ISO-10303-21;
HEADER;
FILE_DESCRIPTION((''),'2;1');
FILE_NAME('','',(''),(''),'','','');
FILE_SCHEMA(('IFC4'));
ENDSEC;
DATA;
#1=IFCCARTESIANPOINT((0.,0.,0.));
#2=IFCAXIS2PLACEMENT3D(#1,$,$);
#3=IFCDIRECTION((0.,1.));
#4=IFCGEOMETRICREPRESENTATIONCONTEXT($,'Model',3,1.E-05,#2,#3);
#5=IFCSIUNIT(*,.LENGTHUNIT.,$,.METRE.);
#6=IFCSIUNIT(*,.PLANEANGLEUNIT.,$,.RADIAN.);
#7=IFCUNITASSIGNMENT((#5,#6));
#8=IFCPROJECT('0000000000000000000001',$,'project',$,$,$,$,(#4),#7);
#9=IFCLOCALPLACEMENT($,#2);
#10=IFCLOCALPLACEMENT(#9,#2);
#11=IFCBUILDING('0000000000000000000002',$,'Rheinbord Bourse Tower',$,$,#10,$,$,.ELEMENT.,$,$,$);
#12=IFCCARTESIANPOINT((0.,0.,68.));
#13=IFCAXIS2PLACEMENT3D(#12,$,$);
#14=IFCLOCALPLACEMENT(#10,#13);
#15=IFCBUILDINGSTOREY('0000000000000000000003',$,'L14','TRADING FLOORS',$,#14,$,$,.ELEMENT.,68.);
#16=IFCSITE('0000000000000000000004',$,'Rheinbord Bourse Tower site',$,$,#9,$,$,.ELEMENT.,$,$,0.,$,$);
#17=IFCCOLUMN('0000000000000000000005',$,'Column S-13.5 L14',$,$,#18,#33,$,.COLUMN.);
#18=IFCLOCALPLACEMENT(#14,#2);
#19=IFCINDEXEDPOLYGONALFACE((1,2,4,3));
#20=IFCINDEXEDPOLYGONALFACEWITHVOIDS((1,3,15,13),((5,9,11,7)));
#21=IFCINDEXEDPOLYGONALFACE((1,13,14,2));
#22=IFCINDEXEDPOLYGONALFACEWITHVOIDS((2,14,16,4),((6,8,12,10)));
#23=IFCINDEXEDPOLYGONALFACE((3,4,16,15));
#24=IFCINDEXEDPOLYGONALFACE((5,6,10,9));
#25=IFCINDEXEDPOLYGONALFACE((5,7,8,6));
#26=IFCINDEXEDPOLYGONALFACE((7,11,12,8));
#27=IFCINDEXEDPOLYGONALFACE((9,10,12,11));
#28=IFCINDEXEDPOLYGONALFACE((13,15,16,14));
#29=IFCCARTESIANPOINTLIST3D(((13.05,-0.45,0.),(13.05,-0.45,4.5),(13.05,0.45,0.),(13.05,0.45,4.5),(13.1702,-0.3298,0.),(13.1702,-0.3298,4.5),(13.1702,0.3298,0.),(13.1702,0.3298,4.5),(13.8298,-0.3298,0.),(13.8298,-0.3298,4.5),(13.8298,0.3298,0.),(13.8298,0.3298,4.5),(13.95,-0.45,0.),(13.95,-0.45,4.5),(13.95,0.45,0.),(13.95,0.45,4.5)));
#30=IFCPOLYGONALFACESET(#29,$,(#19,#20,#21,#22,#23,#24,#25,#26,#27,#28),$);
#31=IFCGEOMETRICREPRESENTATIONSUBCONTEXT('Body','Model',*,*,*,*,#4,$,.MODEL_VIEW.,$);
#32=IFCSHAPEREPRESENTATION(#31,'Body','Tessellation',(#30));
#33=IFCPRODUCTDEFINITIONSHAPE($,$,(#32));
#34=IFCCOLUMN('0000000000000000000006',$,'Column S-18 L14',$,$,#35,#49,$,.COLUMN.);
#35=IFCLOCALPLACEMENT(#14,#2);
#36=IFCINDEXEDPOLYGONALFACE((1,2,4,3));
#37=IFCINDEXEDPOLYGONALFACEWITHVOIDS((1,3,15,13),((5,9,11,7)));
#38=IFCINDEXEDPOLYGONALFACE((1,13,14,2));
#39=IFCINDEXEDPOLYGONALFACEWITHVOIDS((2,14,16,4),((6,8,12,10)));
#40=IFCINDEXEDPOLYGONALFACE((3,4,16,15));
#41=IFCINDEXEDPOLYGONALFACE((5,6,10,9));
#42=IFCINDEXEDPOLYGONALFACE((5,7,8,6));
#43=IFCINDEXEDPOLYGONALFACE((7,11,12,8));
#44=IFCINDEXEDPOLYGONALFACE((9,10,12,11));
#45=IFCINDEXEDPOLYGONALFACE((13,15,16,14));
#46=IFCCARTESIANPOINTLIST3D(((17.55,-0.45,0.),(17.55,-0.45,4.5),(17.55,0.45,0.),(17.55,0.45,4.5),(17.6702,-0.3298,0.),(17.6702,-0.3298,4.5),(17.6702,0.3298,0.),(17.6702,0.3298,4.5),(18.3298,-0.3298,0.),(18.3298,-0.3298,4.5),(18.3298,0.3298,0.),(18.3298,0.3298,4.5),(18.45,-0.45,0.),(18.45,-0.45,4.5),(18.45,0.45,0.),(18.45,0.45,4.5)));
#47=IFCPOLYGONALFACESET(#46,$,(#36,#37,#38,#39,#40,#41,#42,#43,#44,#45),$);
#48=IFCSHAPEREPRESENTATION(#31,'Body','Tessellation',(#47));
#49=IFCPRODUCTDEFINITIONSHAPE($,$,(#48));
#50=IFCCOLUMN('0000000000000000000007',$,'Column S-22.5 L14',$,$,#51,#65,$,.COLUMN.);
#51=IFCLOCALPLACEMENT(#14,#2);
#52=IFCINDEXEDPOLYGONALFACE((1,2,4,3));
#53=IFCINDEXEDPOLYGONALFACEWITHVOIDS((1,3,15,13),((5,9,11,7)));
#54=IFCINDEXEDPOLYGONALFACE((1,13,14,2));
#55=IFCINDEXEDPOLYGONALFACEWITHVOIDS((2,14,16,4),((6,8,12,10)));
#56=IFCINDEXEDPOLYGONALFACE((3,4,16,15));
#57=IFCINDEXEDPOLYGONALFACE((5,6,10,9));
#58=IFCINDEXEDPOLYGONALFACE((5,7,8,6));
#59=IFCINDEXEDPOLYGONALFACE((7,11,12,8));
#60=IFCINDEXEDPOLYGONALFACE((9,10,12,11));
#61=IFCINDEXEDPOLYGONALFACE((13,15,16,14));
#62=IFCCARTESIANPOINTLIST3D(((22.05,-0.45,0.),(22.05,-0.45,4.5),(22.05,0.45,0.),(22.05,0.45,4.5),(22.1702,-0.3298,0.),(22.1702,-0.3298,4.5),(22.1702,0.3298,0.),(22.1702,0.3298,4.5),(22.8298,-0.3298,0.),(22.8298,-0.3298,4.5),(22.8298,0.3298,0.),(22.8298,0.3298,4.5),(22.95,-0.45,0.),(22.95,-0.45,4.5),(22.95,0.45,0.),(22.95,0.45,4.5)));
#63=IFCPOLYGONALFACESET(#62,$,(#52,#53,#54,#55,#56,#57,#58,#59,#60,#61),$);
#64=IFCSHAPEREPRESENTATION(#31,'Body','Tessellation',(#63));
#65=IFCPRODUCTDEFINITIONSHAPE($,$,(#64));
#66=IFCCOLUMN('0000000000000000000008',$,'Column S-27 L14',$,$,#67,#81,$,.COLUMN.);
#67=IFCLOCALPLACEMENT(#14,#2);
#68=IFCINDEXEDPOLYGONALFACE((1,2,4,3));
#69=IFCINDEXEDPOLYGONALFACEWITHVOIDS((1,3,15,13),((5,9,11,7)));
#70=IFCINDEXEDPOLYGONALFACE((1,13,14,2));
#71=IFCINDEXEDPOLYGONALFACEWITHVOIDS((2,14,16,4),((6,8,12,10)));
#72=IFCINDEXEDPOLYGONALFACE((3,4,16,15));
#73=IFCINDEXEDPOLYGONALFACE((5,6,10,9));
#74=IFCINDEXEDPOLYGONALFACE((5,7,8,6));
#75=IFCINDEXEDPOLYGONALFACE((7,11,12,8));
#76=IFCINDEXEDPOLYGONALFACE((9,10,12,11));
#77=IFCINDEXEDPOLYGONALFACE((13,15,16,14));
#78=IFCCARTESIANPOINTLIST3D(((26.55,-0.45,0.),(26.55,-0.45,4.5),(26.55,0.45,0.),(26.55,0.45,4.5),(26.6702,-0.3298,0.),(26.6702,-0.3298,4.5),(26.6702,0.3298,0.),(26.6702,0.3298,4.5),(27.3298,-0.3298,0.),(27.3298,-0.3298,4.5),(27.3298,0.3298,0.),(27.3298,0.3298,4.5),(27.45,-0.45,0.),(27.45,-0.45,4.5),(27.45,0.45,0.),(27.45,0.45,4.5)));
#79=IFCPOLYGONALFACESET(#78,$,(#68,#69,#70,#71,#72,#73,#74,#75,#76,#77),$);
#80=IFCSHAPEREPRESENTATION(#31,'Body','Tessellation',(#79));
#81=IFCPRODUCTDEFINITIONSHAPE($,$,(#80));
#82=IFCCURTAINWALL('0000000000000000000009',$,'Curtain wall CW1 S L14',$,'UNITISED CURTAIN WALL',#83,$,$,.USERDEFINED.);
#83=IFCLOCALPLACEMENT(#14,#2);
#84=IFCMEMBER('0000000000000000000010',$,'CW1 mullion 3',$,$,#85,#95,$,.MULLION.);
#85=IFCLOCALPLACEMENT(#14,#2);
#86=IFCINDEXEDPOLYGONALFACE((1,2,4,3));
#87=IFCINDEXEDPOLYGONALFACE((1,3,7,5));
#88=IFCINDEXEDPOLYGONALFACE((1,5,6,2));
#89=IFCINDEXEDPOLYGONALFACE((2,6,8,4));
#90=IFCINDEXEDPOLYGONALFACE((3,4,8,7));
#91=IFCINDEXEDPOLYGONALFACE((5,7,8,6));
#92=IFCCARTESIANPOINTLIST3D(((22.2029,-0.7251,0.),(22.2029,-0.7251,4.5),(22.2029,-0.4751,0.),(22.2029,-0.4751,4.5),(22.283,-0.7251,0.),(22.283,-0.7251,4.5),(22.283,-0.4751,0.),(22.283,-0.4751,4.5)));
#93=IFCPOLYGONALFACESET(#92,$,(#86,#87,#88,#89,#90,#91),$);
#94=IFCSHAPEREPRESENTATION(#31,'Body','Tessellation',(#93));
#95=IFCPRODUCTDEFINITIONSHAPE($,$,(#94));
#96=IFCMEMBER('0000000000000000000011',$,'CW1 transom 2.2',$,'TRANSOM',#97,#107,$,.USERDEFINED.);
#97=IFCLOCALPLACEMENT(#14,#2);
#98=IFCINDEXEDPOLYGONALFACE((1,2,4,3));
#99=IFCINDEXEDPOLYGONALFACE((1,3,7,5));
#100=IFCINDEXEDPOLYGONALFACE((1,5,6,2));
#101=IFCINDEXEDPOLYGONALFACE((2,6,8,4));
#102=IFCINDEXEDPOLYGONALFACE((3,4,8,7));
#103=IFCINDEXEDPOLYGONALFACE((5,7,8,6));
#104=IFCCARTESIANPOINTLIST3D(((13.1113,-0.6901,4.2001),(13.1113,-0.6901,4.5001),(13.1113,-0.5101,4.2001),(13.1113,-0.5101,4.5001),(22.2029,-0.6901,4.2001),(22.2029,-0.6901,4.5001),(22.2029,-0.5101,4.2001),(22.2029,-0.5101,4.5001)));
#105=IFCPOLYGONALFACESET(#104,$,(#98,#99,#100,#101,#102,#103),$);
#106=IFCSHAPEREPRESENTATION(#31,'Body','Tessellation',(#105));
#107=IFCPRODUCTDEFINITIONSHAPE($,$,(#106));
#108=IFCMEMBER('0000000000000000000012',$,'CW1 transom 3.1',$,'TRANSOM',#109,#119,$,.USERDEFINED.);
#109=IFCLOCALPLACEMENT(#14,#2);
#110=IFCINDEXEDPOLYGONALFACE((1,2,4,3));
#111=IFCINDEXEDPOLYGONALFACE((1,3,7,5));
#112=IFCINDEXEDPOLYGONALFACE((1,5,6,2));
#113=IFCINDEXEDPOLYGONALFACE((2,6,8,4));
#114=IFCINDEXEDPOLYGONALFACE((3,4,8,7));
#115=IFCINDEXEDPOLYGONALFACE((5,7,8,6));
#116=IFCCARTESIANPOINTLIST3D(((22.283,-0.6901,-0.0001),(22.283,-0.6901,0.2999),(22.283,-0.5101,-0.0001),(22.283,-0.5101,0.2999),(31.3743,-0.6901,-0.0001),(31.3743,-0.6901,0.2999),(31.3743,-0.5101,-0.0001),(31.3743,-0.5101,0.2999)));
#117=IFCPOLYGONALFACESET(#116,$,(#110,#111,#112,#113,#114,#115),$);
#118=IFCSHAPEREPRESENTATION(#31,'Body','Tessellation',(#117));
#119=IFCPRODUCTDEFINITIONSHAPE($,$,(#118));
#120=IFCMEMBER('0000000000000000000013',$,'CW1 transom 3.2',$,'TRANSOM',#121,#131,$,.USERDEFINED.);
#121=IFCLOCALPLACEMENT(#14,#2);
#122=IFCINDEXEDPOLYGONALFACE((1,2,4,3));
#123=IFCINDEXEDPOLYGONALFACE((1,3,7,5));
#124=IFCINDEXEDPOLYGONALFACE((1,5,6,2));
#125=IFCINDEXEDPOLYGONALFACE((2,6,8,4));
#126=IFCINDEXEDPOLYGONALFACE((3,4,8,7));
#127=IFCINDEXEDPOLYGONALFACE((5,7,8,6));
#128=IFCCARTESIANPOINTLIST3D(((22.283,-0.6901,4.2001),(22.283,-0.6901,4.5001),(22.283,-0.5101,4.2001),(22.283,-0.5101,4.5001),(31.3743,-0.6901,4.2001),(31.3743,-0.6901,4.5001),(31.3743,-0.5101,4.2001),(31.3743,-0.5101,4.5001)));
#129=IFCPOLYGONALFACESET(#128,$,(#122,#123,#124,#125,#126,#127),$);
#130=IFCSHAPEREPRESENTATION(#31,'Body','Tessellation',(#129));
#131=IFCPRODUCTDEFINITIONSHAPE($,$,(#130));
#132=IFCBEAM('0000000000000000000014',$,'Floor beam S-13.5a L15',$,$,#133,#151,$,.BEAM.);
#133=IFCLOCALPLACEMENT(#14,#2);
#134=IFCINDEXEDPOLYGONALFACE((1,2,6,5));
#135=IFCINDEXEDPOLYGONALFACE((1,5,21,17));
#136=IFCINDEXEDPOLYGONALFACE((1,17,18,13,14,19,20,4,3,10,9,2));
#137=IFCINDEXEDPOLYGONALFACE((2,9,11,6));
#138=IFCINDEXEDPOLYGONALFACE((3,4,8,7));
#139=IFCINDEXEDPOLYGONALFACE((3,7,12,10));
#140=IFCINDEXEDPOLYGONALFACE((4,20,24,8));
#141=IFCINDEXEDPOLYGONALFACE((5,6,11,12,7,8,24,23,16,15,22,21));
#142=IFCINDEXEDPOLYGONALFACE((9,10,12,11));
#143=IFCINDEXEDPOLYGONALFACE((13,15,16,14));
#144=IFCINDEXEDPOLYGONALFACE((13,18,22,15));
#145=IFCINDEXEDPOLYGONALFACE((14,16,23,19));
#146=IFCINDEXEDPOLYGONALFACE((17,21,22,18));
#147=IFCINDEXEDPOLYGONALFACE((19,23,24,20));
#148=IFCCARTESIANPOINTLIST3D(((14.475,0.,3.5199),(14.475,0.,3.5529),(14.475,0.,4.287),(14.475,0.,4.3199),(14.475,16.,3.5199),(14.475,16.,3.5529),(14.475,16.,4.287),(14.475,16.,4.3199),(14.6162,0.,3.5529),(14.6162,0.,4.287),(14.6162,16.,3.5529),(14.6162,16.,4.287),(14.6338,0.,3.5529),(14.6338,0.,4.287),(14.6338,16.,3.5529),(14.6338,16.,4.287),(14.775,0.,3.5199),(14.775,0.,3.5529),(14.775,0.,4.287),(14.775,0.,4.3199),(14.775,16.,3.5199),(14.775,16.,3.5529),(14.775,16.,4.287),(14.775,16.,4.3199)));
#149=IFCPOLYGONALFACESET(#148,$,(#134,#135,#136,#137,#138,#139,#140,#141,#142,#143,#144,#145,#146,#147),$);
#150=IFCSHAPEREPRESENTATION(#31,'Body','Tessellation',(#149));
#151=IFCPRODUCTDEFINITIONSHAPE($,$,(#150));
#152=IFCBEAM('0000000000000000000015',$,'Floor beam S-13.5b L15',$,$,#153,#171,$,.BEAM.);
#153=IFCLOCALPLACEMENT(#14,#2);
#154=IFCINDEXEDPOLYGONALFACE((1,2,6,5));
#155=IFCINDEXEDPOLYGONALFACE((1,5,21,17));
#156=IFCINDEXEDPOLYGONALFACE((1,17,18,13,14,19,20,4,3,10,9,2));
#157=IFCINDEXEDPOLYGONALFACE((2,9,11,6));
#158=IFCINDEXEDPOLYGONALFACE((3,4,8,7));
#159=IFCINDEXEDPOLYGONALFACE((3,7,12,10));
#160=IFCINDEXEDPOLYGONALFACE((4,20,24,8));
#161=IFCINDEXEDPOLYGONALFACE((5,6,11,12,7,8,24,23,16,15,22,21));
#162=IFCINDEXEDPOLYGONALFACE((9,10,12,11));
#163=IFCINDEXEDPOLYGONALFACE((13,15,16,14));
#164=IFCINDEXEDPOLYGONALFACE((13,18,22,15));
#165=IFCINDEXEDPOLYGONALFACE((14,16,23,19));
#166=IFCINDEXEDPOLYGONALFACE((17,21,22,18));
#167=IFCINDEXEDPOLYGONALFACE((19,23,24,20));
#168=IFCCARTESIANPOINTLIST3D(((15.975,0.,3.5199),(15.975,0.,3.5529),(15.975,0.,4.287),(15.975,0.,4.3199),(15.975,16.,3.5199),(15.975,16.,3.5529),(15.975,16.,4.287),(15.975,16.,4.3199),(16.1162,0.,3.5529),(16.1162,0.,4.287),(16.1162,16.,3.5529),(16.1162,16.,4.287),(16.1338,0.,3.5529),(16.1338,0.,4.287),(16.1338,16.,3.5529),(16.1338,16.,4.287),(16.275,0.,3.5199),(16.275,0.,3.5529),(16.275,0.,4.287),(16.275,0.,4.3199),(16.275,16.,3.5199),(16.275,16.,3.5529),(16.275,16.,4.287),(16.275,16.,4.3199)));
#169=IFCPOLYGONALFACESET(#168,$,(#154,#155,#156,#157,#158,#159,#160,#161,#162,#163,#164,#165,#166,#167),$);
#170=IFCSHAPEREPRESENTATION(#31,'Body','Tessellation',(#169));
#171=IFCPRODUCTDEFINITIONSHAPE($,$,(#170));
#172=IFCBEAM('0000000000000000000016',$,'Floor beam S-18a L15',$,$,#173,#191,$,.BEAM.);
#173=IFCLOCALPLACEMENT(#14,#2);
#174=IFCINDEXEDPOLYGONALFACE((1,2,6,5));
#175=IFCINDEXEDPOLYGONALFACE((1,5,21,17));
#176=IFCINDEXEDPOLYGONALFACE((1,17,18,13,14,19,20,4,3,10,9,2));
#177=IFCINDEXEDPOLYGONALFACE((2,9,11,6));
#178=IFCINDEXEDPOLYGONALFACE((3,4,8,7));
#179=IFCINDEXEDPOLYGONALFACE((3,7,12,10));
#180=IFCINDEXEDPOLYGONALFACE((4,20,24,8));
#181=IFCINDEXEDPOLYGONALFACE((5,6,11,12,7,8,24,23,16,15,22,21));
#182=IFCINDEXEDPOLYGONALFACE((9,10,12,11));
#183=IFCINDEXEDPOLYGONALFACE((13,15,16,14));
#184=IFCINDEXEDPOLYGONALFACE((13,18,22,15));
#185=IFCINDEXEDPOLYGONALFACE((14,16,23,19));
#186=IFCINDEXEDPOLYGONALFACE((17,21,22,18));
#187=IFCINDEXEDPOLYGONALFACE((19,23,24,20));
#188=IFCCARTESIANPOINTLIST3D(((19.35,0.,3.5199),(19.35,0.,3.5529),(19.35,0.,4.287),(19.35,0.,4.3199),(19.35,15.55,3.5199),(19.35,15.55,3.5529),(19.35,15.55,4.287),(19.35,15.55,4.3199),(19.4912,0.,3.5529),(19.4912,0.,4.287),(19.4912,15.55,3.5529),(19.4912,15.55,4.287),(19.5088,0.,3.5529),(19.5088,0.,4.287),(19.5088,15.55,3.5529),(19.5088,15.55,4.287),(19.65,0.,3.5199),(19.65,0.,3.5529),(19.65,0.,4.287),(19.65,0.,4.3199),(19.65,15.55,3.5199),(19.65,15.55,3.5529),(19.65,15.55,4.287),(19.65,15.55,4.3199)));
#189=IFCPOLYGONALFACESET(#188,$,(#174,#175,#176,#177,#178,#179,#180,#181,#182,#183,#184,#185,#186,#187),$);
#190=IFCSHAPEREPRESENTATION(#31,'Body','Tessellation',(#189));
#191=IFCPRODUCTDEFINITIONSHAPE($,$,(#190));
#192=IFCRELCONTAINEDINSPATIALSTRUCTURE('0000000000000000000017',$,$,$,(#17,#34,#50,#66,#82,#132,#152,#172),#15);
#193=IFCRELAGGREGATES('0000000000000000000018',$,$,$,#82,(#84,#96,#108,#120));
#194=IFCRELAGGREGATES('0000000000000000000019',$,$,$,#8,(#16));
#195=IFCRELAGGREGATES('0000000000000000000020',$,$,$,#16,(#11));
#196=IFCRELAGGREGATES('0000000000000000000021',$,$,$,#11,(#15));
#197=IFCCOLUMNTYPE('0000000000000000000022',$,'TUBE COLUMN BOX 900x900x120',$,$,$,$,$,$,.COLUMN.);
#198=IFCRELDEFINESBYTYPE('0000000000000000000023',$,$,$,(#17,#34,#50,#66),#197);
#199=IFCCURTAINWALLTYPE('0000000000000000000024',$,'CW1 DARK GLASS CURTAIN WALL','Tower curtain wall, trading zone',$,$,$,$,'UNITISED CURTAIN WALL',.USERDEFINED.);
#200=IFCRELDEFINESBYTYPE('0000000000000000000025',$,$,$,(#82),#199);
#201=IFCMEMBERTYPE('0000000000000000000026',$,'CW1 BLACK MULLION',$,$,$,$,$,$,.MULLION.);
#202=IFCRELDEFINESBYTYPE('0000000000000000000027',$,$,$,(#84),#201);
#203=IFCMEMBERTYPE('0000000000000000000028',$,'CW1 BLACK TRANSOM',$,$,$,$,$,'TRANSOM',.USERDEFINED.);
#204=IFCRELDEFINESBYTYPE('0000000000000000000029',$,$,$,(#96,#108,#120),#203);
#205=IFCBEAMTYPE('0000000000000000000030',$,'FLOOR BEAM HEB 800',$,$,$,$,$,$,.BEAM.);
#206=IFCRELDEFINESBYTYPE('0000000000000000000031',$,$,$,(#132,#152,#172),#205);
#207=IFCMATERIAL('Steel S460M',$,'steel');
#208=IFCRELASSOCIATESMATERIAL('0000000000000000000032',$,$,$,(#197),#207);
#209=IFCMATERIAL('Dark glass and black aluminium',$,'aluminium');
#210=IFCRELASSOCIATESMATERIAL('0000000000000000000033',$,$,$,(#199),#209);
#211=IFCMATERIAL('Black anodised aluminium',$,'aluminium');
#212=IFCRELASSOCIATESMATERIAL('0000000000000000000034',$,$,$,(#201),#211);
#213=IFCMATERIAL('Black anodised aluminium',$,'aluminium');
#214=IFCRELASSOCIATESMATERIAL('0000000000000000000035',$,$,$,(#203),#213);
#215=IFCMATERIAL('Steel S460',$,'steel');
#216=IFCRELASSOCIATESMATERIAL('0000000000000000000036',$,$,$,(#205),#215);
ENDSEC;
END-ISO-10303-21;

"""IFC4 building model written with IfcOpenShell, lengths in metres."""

from ifc_helpers import new_model, si_unit, direction, frame, origin, origin_2d, place, context, subcontext, project, spatial, rectangle, hollow_rectangle, i_section, extrude, material, material_profile, profile_set, type_object, element, aggregate, save


model = new_model("IFC4")

# Units and contexts
model_context = context("Model", 3, precision=1e-05, world=origin(), true_north=direction((0.0, 1.0)))
body_context = subcontext(model_context, "Body", "Model", "MODEL_VIEW")
ifc_project = project(units=[si_unit("LENGTHUNIT", "METRE"), si_unit("PLANEANGLEUNIT", "RADIAN")], contexts=[model_context])

# Site, building, storey
site_placement = place(None, origin())
site = spatial("IfcSite", under=ifc_project, at=site_placement, Name="Rheinbord Bourse Tower site", CompositionType="ELEMENT", RefElevation=0.0)
building_placement = place(site_placement, origin())
building = spatial("IfcBuilding", under=site, at=building_placement, Name="Rheinbord Bourse Tower", CompositionType="ELEMENT")
storey_placement = place(building_placement, frame((0.0, 0.0, 68.0)))
storey = spatial("IfcBuildingStorey", under=building, at=storey_placement, Name="L14", Description="TRADING FLOORS", CompositionType="ELEMENT", Elevation=68.0)

# Columns
ifc_material_1 = material(Name="Steel S460M", Category="steel")
ifc_material_profile_1 = material_profile(ifc_material_1, hollow_rectangle(XDim=0.8999, YDim=0.8999, WallThickness=0.1201, at=origin_2d()), Name="BOX 900x900x120")
ifc_profile_set_1 = profile_set([ifc_material_profile_1], Name="Steel S460M")
column_type = type_object("IfcColumnType", Name="TUBE COLUMN BOX 900x900x120", PredefinedType="COLUMN", material=ifc_profile_set_1)
for number, where, z_axis, x_axis, name in (
    (1, (13.5, 0.0, 0.0), (0.0, 0.0, 1.0), (0.0, 1.0, 0.0), "Column S-13.5 L14"),
    (2, (18.0, 0.0, 0.0), (0.0, 0.0, 1.0), (0.0, 1.0, 0.0), "Column S-18 L14"),
    (3, (22.5, 0.0, 0.0), (0.0, 0.0, 1.0), (0.0, 1.0, 0.0), "Column S-22.5 L14"),
    (4, (27.0, 0.0, 0.0), (0.0, 0.0, 1.0), (0.0, 1.0, 0.0), "Column S-27 L14"),
):
    element("IfcColumn", number, at=place(storey_placement, frame(where, z_axis=z_axis, x_axis=x_axis)), inside=storey, type_object=column_type, Name=name, PredefinedType="COLUMN", context=body_context, shape_type="SweptSolid", body=[
        extrude(hollow_rectangle(XDim=0.8999, YDim=0.8999, WallThickness=0.1201, at=origin_2d()), origin(), (0.0, 0.0, 1.0), 4.5),
    ])

# Curtain wall, members
ifc_material_2 = material(Name="Dark glass and black aluminium", Category="aluminium")
curtain_wall_type = type_object("IfcCurtainWallType", Name="CW1 DARK GLASS CURTAIN WALL", Description="Tower curtain wall, trading zone", ElementType="UNITISED CURTAIN WALL", PredefinedType="USERDEFINED", material=ifc_material_2)
curtain_wall_placement = place(storey_placement, origin())
curtain_wall = element("IfcCurtainWall", 5, at=curtain_wall_placement, inside=storey, type_object=curtain_wall_type, Name="Curtain wall CW1 S L14", ObjectType="UNITISED CURTAIN WALL", PredefinedType="USERDEFINED")
ifc_material_3 = material(Name="Black anodised aluminium", Category="aluminium")
ifc_material_profile_2 = material_profile(ifc_material_3, rectangle(XDim=0.25, YDim=0.0801, at=origin_2d()), Name="CW1 MULLION 80x250")
ifc_profile_set_2 = profile_set([ifc_material_profile_2], Name="Black anodised aluminium")
member_type_1 = type_object("IfcMemberType", Name="CW1 BLACK MULLION", PredefinedType="MULLION", material=ifc_profile_set_2)
member_1_placement = place(storey_placement, frame((22.2429, -0.6001, 0.0), z_axis=(0.0, 0.0, 1.0), x_axis=(0.0, 1.0, 0.0)))
member_1 = element("IfcMember", 6, at=member_1_placement, type_object=member_type_1, Name="CW1 mullion 3", PredefinedType="MULLION", context=body_context, shape_type="SweptSolid", body=[
    extrude(rectangle(XDim=0.25, YDim=0.0801, at=origin_2d()), origin(), (0.0, 0.0, 1.0), 4.5),
])
ifc_material_4 = material(Name="Black anodised aluminium", Category="aluminium")
ifc_material_profile_3 = material_profile(ifc_material_4, rectangle(XDim=0.1799, YDim=0.3, at=origin_2d()), Name="CW1 TRANSOM 300x180")
ifc_profile_set_3 = profile_set([ifc_material_profile_3], Name="Black anodised aluminium")
member_type_2 = type_object("IfcMemberType", Name="CW1 BLACK TRANSOM", ElementType="TRANSOM", PredefinedType="USERDEFINED", material=ifc_profile_set_3)
member_2_placement = place(storey_placement, frame((13.1113, -0.6001, 4.3501), z_axis=(1.0, 0.0, 0.0), x_axis=(0.0, 1.0, 0.0)))
member_2 = element("IfcMember", 7, at=member_2_placement, type_object=member_type_2, Name="CW1 transom 2.2", ObjectType="TRANSOM", PredefinedType="USERDEFINED", context=body_context, shape_type="SweptSolid", body=[
    extrude(rectangle(XDim=0.1799, YDim=0.3, at=origin_2d()), origin(), (0.0, 0.0, 1.0), 9.0916),
])
member_3_placement = place(storey_placement, frame((22.283, -0.6001, 0.1499), z_axis=(1.0, 0.0, 0.0), x_axis=(0.0, 1.0, 0.0)))
member_3 = element("IfcMember", 8, at=member_3_placement, type_object=member_type_2, Name="CW1 transom 3.1", ObjectType="TRANSOM", PredefinedType="USERDEFINED", context=body_context, shape_type="SweptSolid", body=[
    extrude(rectangle(XDim=0.1799, YDim=0.3, at=origin_2d()), origin(), (0.0, 0.0, 1.0), 9.0913),
])
member_4_placement = place(storey_placement, frame((22.283, -0.6001, 4.3501), z_axis=(1.0, 0.0, 0.0), x_axis=(0.0, 1.0, 0.0)))
member_4 = element("IfcMember", 9, at=member_4_placement, type_object=member_type_2, Name="CW1 transom 3.2", ObjectType="TRANSOM", PredefinedType="USERDEFINED", context=body_context, shape_type="SweptSolid", body=[
    extrude(rectangle(XDim=0.1799, YDim=0.3, at=origin_2d()), origin(), (0.0, 0.0, 1.0), 9.0913),
])

# Beams
ifc_material_5 = material(Name="Steel S460", Category="steel")
ifc_material_profile_4 = material_profile(ifc_material_5, i_section(OverallWidth=0.3, OverallDepth=0.8, WebThickness=0.0176, FlangeThickness=0.033, at=origin_2d()), Name="HEB 800")
ifc_profile_set_4 = profile_set([ifc_material_profile_4], Name="Steel S460")
beam_type_1 = type_object("IfcBeamType", Name="FLOOR BEAM HEB 800", PredefinedType="BEAM", material=ifc_profile_set_4)
for number, where, z_axis, x_axis, name in (
    (10, (14.625, 0.0, 3.9199), (0.0, 1.0, 0.0), (-1.0, 0.0, 0.0), "Floor beam S-13.5a L15"),
    (11, (16.125, 0.0, 3.9199), (0.0, 1.0, 0.0), (-1.0, 0.0, 0.0), "Floor beam S-13.5b L15"),
):
    element("IfcBeam", number, at=place(storey_placement, frame(where, z_axis=z_axis, x_axis=x_axis)), inside=storey, type_object=beam_type_1, Name=name, PredefinedType="BEAM", context=body_context, shape_type="SweptSolid", body=[
        extrude(i_section(OverallWidth=0.3, OverallDepth=0.8, WebThickness=0.0176, FlangeThickness=0.033, at=origin_2d()), origin(), (0.0, 0.0, 1.0), 16.0),
    ])
for number, where, z_axis, x_axis, name in (
    (12, (19.5, 0.0, 3.9199), (0.0, 1.0, 0.0), (-1.0, 0.0, 0.0), "Floor beam S-18a L15"),
):
    element("IfcBeam", number, at=place(storey_placement, frame(where, z_axis=z_axis, x_axis=x_axis)), inside=storey, type_object=beam_type_1, Name=name, PredefinedType="BEAM", context=body_context, shape_type="SweptSolid", body=[
        extrude(i_section(OverallWidth=0.3, OverallDepth=0.8, WebThickness=0.0176, FlangeThickness=0.033, at=origin_2d()), origin(), (0.0, 0.0, 1.0), 15.55),
    ])

aggregate(curtain_wall, [member_1, member_2, member_3, member_4])

save(model, "model.ifc")
